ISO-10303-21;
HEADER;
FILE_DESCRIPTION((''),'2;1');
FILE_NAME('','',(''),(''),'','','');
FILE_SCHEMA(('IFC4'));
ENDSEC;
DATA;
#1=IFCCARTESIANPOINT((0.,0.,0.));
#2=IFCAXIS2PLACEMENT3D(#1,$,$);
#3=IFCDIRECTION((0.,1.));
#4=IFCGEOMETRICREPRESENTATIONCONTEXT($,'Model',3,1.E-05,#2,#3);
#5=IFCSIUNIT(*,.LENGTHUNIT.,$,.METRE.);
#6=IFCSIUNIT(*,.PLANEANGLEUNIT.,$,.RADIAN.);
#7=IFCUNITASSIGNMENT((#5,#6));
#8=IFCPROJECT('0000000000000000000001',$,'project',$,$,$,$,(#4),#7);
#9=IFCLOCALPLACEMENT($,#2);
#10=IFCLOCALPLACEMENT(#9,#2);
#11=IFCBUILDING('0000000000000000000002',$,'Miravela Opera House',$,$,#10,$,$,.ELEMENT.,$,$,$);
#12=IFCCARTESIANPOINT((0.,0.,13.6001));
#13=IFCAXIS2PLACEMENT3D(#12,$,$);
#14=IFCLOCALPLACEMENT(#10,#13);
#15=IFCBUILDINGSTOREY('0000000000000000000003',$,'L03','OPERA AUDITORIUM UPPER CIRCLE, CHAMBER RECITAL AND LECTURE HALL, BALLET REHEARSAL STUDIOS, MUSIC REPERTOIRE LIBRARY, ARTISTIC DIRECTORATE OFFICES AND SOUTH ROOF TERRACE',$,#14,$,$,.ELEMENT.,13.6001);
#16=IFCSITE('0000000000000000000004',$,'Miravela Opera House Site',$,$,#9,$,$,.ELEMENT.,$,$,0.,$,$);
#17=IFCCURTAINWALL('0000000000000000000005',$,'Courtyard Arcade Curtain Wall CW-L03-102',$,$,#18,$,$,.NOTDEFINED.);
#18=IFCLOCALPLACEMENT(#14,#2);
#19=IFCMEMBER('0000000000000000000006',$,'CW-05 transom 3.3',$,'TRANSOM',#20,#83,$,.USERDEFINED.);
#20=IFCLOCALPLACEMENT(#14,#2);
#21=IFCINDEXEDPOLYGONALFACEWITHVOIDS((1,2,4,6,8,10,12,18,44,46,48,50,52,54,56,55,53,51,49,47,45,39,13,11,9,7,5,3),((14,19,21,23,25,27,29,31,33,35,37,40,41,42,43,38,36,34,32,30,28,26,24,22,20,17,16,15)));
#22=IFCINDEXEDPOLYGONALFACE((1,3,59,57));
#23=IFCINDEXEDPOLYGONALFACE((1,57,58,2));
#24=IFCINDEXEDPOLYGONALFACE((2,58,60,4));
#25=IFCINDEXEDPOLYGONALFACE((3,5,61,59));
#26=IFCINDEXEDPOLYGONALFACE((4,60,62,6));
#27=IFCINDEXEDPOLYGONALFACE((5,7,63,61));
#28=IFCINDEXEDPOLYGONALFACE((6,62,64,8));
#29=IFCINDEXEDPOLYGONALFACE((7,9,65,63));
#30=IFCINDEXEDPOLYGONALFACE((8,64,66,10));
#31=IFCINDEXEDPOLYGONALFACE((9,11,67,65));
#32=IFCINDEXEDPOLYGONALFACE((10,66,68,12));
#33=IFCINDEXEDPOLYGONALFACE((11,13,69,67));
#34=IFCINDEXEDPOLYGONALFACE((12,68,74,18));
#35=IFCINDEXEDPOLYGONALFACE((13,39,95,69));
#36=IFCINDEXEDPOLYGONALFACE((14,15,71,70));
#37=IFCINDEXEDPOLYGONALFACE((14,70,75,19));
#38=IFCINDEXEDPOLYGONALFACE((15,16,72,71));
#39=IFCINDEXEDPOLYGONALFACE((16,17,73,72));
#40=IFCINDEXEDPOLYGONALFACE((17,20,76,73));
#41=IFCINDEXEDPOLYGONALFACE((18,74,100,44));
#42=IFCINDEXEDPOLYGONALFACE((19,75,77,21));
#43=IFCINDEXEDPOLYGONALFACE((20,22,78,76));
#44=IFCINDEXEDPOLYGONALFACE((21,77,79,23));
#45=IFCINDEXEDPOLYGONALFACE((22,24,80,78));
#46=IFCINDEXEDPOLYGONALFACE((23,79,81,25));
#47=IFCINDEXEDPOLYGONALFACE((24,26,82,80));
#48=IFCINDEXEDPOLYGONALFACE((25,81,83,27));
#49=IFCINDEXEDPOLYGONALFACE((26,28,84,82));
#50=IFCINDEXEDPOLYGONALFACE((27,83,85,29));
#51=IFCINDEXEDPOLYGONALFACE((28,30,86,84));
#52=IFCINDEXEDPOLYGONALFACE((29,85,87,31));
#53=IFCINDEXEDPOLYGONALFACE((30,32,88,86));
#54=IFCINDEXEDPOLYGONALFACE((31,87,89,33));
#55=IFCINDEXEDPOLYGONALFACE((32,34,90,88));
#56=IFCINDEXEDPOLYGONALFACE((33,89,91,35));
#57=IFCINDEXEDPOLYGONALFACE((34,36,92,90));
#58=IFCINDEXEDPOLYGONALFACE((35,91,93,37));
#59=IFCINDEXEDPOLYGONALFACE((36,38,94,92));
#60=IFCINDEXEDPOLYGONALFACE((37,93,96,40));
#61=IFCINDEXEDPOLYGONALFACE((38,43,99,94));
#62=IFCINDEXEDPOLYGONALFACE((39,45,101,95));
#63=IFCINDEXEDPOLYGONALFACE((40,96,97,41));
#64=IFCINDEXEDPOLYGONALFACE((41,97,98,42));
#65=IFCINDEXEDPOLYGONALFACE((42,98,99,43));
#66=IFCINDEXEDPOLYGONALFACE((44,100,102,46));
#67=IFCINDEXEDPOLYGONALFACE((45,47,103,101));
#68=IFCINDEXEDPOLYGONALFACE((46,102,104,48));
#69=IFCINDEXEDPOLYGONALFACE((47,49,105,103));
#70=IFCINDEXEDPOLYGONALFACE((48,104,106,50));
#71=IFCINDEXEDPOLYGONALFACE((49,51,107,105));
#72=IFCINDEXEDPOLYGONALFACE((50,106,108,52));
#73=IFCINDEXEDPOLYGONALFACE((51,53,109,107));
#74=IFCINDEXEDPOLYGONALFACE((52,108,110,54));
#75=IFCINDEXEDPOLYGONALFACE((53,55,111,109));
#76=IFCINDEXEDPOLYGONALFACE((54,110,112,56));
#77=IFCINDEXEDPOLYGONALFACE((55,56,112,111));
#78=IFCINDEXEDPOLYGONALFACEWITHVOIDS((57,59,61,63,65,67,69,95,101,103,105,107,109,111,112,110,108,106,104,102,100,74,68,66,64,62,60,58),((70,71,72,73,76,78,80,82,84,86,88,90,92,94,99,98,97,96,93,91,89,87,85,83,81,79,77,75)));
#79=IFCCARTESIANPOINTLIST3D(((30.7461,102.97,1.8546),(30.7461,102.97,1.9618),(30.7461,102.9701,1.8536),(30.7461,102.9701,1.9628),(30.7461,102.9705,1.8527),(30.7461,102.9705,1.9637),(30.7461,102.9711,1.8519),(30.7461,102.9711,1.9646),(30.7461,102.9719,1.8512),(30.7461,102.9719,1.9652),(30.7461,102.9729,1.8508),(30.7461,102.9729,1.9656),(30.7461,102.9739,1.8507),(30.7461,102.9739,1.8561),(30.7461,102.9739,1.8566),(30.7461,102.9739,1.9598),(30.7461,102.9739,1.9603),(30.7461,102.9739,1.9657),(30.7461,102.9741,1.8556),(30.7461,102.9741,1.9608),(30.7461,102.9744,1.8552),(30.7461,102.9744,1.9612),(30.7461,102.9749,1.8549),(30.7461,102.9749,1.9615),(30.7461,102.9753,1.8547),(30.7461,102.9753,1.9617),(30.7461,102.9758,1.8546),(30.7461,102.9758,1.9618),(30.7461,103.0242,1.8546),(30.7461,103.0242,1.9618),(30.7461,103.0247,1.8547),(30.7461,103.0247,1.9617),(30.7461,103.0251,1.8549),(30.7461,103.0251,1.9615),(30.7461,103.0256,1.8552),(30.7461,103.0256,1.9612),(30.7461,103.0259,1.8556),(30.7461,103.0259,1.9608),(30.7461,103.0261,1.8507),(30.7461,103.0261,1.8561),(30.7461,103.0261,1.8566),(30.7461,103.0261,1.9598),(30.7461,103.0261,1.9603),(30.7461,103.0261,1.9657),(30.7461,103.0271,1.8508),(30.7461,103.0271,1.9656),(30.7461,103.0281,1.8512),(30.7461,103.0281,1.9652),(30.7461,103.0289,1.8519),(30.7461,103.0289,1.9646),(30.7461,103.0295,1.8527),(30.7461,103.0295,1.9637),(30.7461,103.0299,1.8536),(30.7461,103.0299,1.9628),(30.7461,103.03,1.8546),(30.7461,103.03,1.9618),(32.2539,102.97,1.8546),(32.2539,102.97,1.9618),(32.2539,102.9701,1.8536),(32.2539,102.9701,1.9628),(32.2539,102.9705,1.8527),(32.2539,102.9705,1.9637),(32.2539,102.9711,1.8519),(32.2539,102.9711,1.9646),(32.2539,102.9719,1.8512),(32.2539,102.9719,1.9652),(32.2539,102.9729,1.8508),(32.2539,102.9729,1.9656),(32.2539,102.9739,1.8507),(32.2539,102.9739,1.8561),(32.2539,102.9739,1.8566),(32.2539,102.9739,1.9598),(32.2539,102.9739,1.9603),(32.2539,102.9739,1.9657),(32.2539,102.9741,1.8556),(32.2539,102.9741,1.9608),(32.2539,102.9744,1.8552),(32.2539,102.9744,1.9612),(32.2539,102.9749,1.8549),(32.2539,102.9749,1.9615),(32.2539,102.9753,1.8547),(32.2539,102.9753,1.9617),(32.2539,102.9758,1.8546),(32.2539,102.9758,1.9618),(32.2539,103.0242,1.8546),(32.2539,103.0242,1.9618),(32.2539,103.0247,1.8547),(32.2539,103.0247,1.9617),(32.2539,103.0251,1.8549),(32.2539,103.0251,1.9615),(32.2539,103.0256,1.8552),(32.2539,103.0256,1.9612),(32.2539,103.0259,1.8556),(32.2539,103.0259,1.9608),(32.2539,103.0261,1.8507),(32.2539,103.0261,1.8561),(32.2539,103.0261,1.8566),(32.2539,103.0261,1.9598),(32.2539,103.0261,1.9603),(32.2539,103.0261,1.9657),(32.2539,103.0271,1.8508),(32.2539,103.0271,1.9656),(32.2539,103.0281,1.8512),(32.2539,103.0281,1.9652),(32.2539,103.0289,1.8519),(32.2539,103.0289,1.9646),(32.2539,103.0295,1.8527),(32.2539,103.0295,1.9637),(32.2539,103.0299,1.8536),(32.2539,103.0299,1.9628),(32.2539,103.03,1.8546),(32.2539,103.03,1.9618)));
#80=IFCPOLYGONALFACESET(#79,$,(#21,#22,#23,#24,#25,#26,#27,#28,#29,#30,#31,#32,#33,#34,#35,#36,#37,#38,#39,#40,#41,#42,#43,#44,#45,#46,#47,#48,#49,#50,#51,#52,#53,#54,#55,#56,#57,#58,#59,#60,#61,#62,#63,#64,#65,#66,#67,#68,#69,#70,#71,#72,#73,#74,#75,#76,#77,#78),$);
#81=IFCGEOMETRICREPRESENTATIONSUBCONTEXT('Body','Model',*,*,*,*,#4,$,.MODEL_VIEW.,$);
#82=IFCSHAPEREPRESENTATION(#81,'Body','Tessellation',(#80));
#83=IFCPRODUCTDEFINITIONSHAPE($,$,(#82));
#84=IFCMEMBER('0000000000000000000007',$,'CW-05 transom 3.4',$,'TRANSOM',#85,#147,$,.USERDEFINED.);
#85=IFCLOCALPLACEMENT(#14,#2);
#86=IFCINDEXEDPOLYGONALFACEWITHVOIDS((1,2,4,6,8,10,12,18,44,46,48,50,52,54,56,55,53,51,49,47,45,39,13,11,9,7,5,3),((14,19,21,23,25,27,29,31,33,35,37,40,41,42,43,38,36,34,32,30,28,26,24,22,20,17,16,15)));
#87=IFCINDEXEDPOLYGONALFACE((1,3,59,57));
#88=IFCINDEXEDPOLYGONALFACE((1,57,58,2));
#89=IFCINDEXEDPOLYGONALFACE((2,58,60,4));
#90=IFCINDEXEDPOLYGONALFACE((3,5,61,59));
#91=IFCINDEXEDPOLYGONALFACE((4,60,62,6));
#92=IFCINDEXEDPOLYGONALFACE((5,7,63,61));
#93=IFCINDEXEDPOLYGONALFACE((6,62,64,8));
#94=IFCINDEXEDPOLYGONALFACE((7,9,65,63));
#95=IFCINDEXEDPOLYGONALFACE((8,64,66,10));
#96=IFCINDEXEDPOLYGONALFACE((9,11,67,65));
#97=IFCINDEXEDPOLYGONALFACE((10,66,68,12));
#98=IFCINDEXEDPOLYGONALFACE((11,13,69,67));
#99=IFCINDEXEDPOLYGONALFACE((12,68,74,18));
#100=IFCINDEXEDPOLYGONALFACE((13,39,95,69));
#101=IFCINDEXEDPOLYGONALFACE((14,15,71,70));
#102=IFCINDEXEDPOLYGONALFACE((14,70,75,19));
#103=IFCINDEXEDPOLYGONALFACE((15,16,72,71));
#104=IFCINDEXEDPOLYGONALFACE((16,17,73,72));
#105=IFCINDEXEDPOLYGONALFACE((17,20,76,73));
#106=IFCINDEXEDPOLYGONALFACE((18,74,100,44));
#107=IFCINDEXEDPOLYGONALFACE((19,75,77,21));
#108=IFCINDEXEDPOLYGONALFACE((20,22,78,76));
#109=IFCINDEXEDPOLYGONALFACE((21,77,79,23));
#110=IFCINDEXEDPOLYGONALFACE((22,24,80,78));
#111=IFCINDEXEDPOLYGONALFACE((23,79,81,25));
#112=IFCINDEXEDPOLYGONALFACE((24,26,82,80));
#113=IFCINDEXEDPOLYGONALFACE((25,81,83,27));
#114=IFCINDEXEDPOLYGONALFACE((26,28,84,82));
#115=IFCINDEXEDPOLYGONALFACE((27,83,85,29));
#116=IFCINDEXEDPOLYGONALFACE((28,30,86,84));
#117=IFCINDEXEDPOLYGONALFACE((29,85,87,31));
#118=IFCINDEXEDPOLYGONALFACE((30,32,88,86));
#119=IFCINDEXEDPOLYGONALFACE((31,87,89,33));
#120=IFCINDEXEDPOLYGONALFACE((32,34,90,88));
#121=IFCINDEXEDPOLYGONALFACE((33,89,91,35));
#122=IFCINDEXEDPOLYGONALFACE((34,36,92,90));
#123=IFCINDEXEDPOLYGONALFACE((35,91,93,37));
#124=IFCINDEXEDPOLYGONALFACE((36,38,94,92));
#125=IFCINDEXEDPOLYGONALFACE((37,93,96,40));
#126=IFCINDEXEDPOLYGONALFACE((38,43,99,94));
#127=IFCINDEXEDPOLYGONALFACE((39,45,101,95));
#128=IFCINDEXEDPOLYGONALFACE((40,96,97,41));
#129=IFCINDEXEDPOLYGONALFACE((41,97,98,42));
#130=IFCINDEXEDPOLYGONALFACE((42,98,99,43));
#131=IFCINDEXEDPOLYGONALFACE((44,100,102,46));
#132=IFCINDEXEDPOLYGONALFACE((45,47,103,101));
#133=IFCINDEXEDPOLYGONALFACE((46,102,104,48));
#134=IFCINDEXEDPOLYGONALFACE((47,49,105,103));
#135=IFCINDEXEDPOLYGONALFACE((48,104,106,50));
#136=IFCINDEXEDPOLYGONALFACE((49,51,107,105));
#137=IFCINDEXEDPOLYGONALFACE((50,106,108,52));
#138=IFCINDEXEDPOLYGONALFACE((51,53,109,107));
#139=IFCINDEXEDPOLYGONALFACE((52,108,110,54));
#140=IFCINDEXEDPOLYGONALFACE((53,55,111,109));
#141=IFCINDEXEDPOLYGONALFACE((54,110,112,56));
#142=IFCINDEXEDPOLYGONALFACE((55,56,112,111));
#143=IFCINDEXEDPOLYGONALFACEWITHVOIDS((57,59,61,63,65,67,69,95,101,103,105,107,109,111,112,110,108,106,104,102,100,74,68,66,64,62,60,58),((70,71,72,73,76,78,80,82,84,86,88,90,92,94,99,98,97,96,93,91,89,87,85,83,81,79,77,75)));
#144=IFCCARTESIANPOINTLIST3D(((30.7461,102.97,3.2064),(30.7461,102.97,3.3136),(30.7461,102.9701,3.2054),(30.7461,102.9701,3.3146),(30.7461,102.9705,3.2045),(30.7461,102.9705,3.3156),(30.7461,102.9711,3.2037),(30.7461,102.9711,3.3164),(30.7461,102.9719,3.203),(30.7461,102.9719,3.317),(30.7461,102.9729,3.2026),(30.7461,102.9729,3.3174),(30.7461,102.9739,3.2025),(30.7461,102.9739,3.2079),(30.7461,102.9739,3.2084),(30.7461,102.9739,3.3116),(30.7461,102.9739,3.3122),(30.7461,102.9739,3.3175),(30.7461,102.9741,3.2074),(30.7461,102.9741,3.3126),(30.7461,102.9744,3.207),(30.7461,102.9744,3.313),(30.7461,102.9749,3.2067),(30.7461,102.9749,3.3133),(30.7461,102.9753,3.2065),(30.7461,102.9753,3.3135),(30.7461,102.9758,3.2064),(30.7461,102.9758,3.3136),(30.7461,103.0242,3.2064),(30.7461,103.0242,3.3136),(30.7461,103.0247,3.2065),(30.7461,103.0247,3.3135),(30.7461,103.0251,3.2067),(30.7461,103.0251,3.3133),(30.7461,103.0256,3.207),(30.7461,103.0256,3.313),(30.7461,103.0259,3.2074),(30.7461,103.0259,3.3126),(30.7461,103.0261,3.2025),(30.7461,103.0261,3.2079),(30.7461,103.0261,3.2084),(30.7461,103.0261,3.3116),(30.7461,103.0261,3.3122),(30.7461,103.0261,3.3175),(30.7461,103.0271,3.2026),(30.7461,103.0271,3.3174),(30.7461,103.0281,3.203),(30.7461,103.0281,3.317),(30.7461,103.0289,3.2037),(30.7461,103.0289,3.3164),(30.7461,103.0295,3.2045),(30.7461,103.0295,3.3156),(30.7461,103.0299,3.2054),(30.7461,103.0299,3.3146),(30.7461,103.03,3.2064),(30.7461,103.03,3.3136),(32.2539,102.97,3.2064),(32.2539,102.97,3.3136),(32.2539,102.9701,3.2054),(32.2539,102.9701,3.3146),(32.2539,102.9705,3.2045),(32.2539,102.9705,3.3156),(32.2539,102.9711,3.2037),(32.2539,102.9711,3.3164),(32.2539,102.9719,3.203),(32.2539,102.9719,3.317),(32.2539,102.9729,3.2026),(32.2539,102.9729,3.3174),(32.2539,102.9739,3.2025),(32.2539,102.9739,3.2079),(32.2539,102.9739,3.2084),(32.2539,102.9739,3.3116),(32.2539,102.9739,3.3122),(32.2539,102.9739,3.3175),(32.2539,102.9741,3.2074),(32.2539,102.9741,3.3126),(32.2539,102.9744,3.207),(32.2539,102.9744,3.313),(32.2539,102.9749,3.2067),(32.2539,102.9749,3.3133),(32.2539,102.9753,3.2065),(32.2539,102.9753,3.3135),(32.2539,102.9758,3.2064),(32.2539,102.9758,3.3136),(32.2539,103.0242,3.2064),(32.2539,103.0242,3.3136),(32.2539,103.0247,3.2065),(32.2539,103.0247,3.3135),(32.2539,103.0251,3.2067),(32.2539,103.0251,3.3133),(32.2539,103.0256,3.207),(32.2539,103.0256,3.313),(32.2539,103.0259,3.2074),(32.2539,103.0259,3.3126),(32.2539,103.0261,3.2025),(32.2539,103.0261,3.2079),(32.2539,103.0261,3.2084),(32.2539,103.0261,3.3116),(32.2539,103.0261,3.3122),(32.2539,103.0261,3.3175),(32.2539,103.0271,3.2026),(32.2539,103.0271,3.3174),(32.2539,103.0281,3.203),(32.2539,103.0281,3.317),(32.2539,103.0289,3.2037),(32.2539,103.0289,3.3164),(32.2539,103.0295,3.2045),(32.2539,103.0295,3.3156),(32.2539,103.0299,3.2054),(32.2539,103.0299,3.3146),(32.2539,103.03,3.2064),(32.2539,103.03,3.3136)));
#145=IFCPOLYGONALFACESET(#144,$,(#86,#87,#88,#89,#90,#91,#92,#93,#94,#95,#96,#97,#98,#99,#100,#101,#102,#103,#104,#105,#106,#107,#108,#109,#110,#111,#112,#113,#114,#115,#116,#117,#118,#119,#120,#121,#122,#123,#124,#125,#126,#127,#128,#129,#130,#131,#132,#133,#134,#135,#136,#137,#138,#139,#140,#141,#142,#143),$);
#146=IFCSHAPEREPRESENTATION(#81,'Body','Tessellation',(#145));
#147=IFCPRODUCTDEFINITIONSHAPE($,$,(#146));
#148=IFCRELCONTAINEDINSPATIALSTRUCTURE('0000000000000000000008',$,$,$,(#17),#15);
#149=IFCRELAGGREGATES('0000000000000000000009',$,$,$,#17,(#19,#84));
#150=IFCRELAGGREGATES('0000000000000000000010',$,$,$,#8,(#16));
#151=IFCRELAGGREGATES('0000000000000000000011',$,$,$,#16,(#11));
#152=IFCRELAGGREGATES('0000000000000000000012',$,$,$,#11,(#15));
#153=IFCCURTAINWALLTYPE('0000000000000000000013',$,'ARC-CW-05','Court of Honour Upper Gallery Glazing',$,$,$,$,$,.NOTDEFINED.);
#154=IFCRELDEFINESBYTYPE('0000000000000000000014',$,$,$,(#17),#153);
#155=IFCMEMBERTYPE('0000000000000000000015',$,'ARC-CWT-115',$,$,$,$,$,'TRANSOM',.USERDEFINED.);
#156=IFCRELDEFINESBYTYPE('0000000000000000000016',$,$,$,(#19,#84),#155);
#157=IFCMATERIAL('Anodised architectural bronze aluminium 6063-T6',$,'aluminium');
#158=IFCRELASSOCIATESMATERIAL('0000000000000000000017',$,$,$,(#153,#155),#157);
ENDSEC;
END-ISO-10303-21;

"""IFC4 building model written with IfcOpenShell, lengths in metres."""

from ifc_helpers import new_model, si_unit, direction, frame, origin, origin_2d, place, context, subcontext, project, spatial, hollow_rectangle, extrude, material, material_profile, profile_set, type_object, element, aggregate, save


model = new_model("IFC4")

# Units and contexts
model_context = context("Model", 3, precision=1e-05, world=origin(), true_north=direction((0.0, 1.0)))
body_context = subcontext(model_context, "Body", "Model", "MODEL_VIEW")
ifc_project = project(units=[si_unit("LENGTHUNIT", "METRE"), si_unit("PLANEANGLEUNIT", "RADIAN")], contexts=[model_context])

# Site, building, storey
site_placement = place(None, origin())
site = spatial("IfcSite", under=ifc_project, at=site_placement, Name="Miravela Opera House Site", CompositionType="ELEMENT", RefElevation=0.0)
building_placement = place(site_placement, origin())
building = spatial("IfcBuilding", under=site, at=building_placement, Name="Miravela Opera House", CompositionType="ELEMENT")
storey_placement = place(building_placement, frame((0.0, 0.0, 13.6001)))
storey = spatial("IfcBuildingStorey", under=building, at=storey_placement, Name="L03", Description="OPERA AUDITORIUM UPPER CIRCLE, CHAMBER RECITAL AND LECTURE HALL, BALLET REHEARSAL STUDIOS, MUSIC REPERTOIRE LIBRARY, ARTISTIC DIRECTORATE OFFICES AND SOUTH ROOF TERRACE", CompositionType="ELEMENT", Elevation=13.6001)

# Curtain wall, members
ifc_material_1 = material(Name="Anodised architectural bronze aluminium 6063-T6", Category="aluminium")
curtain_wall_type = type_object("IfcCurtainWallType", Name="ARC-CW-05", Description="Court of Honour Upper Gallery Glazing", PredefinedType="NOTDEFINED", material=ifc_material_1)
curtain_wall_placement = place(storey_placement, origin())
curtain_wall = element("IfcCurtainWall", 1, at=curtain_wall_placement, inside=storey, type_object=curtain_wall_type, Name="Courtyard Arcade Curtain Wall CW-L03-102", PredefinedType="NOTDEFINED")
ifc_material_profile_1 = material_profile(ifc_material_1, hollow_rectangle(XDim=0.0601, YDim=0.115, WallThickness=0.0039, InnerFilletRadius=0.002, OuterFilletRadius=0.0039, at=origin_2d()), Name="CWT-60X115")
ifc_profile_set_1 = profile_set([ifc_material_profile_1])
member_type_1 = type_object("IfcMemberType", Name="ARC-CWT-115", ElementType="TRANSOM", PredefinedType="USERDEFINED", material=ifc_profile_set_1)
member_1_placement = place(storey_placement, frame((30.7461, 103.0, 1.9082), z_axis=(1.0, 0.0, 0.0), x_axis=(0.0, 1.0, 0.0)))
member_1 = element("IfcMember", 2, at=member_1_placement, type_object=member_type_1, Name="CW-05 transom 3.3", ObjectType="TRANSOM", PredefinedType="USERDEFINED", context=body_context, shape_type="SweptSolid", body=[
    extrude(hollow_rectangle(XDim=0.0601, YDim=0.115, WallThickness=0.0039, InnerFilletRadius=0.002, OuterFilletRadius=0.0039, at=origin_2d()), origin(), (0.0, 0.0, 1.0), 1.5078),
])
member_2_placement = place(storey_placement, frame((30.7461, 103.0, 3.26), z_axis=(1.0, 0.0, 0.0), x_axis=(0.0, 1.0, 0.0)))
member_2 = element("IfcMember", 3, at=member_2_placement, type_object=member_type_1, Name="CW-05 transom 3.4", ObjectType="TRANSOM", PredefinedType="USERDEFINED", context=body_context, shape_type="SweptSolid", body=[
    extrude(hollow_rectangle(XDim=0.0601, YDim=0.115, WallThickness=0.0039, InnerFilletRadius=0.002, OuterFilletRadius=0.0039, at=origin_2d()), origin(), (0.0, 0.0, 1.0), 1.5078),
])

aggregate(curtain_wall, [member_1, member_2])

save(model, "model.ifc")
